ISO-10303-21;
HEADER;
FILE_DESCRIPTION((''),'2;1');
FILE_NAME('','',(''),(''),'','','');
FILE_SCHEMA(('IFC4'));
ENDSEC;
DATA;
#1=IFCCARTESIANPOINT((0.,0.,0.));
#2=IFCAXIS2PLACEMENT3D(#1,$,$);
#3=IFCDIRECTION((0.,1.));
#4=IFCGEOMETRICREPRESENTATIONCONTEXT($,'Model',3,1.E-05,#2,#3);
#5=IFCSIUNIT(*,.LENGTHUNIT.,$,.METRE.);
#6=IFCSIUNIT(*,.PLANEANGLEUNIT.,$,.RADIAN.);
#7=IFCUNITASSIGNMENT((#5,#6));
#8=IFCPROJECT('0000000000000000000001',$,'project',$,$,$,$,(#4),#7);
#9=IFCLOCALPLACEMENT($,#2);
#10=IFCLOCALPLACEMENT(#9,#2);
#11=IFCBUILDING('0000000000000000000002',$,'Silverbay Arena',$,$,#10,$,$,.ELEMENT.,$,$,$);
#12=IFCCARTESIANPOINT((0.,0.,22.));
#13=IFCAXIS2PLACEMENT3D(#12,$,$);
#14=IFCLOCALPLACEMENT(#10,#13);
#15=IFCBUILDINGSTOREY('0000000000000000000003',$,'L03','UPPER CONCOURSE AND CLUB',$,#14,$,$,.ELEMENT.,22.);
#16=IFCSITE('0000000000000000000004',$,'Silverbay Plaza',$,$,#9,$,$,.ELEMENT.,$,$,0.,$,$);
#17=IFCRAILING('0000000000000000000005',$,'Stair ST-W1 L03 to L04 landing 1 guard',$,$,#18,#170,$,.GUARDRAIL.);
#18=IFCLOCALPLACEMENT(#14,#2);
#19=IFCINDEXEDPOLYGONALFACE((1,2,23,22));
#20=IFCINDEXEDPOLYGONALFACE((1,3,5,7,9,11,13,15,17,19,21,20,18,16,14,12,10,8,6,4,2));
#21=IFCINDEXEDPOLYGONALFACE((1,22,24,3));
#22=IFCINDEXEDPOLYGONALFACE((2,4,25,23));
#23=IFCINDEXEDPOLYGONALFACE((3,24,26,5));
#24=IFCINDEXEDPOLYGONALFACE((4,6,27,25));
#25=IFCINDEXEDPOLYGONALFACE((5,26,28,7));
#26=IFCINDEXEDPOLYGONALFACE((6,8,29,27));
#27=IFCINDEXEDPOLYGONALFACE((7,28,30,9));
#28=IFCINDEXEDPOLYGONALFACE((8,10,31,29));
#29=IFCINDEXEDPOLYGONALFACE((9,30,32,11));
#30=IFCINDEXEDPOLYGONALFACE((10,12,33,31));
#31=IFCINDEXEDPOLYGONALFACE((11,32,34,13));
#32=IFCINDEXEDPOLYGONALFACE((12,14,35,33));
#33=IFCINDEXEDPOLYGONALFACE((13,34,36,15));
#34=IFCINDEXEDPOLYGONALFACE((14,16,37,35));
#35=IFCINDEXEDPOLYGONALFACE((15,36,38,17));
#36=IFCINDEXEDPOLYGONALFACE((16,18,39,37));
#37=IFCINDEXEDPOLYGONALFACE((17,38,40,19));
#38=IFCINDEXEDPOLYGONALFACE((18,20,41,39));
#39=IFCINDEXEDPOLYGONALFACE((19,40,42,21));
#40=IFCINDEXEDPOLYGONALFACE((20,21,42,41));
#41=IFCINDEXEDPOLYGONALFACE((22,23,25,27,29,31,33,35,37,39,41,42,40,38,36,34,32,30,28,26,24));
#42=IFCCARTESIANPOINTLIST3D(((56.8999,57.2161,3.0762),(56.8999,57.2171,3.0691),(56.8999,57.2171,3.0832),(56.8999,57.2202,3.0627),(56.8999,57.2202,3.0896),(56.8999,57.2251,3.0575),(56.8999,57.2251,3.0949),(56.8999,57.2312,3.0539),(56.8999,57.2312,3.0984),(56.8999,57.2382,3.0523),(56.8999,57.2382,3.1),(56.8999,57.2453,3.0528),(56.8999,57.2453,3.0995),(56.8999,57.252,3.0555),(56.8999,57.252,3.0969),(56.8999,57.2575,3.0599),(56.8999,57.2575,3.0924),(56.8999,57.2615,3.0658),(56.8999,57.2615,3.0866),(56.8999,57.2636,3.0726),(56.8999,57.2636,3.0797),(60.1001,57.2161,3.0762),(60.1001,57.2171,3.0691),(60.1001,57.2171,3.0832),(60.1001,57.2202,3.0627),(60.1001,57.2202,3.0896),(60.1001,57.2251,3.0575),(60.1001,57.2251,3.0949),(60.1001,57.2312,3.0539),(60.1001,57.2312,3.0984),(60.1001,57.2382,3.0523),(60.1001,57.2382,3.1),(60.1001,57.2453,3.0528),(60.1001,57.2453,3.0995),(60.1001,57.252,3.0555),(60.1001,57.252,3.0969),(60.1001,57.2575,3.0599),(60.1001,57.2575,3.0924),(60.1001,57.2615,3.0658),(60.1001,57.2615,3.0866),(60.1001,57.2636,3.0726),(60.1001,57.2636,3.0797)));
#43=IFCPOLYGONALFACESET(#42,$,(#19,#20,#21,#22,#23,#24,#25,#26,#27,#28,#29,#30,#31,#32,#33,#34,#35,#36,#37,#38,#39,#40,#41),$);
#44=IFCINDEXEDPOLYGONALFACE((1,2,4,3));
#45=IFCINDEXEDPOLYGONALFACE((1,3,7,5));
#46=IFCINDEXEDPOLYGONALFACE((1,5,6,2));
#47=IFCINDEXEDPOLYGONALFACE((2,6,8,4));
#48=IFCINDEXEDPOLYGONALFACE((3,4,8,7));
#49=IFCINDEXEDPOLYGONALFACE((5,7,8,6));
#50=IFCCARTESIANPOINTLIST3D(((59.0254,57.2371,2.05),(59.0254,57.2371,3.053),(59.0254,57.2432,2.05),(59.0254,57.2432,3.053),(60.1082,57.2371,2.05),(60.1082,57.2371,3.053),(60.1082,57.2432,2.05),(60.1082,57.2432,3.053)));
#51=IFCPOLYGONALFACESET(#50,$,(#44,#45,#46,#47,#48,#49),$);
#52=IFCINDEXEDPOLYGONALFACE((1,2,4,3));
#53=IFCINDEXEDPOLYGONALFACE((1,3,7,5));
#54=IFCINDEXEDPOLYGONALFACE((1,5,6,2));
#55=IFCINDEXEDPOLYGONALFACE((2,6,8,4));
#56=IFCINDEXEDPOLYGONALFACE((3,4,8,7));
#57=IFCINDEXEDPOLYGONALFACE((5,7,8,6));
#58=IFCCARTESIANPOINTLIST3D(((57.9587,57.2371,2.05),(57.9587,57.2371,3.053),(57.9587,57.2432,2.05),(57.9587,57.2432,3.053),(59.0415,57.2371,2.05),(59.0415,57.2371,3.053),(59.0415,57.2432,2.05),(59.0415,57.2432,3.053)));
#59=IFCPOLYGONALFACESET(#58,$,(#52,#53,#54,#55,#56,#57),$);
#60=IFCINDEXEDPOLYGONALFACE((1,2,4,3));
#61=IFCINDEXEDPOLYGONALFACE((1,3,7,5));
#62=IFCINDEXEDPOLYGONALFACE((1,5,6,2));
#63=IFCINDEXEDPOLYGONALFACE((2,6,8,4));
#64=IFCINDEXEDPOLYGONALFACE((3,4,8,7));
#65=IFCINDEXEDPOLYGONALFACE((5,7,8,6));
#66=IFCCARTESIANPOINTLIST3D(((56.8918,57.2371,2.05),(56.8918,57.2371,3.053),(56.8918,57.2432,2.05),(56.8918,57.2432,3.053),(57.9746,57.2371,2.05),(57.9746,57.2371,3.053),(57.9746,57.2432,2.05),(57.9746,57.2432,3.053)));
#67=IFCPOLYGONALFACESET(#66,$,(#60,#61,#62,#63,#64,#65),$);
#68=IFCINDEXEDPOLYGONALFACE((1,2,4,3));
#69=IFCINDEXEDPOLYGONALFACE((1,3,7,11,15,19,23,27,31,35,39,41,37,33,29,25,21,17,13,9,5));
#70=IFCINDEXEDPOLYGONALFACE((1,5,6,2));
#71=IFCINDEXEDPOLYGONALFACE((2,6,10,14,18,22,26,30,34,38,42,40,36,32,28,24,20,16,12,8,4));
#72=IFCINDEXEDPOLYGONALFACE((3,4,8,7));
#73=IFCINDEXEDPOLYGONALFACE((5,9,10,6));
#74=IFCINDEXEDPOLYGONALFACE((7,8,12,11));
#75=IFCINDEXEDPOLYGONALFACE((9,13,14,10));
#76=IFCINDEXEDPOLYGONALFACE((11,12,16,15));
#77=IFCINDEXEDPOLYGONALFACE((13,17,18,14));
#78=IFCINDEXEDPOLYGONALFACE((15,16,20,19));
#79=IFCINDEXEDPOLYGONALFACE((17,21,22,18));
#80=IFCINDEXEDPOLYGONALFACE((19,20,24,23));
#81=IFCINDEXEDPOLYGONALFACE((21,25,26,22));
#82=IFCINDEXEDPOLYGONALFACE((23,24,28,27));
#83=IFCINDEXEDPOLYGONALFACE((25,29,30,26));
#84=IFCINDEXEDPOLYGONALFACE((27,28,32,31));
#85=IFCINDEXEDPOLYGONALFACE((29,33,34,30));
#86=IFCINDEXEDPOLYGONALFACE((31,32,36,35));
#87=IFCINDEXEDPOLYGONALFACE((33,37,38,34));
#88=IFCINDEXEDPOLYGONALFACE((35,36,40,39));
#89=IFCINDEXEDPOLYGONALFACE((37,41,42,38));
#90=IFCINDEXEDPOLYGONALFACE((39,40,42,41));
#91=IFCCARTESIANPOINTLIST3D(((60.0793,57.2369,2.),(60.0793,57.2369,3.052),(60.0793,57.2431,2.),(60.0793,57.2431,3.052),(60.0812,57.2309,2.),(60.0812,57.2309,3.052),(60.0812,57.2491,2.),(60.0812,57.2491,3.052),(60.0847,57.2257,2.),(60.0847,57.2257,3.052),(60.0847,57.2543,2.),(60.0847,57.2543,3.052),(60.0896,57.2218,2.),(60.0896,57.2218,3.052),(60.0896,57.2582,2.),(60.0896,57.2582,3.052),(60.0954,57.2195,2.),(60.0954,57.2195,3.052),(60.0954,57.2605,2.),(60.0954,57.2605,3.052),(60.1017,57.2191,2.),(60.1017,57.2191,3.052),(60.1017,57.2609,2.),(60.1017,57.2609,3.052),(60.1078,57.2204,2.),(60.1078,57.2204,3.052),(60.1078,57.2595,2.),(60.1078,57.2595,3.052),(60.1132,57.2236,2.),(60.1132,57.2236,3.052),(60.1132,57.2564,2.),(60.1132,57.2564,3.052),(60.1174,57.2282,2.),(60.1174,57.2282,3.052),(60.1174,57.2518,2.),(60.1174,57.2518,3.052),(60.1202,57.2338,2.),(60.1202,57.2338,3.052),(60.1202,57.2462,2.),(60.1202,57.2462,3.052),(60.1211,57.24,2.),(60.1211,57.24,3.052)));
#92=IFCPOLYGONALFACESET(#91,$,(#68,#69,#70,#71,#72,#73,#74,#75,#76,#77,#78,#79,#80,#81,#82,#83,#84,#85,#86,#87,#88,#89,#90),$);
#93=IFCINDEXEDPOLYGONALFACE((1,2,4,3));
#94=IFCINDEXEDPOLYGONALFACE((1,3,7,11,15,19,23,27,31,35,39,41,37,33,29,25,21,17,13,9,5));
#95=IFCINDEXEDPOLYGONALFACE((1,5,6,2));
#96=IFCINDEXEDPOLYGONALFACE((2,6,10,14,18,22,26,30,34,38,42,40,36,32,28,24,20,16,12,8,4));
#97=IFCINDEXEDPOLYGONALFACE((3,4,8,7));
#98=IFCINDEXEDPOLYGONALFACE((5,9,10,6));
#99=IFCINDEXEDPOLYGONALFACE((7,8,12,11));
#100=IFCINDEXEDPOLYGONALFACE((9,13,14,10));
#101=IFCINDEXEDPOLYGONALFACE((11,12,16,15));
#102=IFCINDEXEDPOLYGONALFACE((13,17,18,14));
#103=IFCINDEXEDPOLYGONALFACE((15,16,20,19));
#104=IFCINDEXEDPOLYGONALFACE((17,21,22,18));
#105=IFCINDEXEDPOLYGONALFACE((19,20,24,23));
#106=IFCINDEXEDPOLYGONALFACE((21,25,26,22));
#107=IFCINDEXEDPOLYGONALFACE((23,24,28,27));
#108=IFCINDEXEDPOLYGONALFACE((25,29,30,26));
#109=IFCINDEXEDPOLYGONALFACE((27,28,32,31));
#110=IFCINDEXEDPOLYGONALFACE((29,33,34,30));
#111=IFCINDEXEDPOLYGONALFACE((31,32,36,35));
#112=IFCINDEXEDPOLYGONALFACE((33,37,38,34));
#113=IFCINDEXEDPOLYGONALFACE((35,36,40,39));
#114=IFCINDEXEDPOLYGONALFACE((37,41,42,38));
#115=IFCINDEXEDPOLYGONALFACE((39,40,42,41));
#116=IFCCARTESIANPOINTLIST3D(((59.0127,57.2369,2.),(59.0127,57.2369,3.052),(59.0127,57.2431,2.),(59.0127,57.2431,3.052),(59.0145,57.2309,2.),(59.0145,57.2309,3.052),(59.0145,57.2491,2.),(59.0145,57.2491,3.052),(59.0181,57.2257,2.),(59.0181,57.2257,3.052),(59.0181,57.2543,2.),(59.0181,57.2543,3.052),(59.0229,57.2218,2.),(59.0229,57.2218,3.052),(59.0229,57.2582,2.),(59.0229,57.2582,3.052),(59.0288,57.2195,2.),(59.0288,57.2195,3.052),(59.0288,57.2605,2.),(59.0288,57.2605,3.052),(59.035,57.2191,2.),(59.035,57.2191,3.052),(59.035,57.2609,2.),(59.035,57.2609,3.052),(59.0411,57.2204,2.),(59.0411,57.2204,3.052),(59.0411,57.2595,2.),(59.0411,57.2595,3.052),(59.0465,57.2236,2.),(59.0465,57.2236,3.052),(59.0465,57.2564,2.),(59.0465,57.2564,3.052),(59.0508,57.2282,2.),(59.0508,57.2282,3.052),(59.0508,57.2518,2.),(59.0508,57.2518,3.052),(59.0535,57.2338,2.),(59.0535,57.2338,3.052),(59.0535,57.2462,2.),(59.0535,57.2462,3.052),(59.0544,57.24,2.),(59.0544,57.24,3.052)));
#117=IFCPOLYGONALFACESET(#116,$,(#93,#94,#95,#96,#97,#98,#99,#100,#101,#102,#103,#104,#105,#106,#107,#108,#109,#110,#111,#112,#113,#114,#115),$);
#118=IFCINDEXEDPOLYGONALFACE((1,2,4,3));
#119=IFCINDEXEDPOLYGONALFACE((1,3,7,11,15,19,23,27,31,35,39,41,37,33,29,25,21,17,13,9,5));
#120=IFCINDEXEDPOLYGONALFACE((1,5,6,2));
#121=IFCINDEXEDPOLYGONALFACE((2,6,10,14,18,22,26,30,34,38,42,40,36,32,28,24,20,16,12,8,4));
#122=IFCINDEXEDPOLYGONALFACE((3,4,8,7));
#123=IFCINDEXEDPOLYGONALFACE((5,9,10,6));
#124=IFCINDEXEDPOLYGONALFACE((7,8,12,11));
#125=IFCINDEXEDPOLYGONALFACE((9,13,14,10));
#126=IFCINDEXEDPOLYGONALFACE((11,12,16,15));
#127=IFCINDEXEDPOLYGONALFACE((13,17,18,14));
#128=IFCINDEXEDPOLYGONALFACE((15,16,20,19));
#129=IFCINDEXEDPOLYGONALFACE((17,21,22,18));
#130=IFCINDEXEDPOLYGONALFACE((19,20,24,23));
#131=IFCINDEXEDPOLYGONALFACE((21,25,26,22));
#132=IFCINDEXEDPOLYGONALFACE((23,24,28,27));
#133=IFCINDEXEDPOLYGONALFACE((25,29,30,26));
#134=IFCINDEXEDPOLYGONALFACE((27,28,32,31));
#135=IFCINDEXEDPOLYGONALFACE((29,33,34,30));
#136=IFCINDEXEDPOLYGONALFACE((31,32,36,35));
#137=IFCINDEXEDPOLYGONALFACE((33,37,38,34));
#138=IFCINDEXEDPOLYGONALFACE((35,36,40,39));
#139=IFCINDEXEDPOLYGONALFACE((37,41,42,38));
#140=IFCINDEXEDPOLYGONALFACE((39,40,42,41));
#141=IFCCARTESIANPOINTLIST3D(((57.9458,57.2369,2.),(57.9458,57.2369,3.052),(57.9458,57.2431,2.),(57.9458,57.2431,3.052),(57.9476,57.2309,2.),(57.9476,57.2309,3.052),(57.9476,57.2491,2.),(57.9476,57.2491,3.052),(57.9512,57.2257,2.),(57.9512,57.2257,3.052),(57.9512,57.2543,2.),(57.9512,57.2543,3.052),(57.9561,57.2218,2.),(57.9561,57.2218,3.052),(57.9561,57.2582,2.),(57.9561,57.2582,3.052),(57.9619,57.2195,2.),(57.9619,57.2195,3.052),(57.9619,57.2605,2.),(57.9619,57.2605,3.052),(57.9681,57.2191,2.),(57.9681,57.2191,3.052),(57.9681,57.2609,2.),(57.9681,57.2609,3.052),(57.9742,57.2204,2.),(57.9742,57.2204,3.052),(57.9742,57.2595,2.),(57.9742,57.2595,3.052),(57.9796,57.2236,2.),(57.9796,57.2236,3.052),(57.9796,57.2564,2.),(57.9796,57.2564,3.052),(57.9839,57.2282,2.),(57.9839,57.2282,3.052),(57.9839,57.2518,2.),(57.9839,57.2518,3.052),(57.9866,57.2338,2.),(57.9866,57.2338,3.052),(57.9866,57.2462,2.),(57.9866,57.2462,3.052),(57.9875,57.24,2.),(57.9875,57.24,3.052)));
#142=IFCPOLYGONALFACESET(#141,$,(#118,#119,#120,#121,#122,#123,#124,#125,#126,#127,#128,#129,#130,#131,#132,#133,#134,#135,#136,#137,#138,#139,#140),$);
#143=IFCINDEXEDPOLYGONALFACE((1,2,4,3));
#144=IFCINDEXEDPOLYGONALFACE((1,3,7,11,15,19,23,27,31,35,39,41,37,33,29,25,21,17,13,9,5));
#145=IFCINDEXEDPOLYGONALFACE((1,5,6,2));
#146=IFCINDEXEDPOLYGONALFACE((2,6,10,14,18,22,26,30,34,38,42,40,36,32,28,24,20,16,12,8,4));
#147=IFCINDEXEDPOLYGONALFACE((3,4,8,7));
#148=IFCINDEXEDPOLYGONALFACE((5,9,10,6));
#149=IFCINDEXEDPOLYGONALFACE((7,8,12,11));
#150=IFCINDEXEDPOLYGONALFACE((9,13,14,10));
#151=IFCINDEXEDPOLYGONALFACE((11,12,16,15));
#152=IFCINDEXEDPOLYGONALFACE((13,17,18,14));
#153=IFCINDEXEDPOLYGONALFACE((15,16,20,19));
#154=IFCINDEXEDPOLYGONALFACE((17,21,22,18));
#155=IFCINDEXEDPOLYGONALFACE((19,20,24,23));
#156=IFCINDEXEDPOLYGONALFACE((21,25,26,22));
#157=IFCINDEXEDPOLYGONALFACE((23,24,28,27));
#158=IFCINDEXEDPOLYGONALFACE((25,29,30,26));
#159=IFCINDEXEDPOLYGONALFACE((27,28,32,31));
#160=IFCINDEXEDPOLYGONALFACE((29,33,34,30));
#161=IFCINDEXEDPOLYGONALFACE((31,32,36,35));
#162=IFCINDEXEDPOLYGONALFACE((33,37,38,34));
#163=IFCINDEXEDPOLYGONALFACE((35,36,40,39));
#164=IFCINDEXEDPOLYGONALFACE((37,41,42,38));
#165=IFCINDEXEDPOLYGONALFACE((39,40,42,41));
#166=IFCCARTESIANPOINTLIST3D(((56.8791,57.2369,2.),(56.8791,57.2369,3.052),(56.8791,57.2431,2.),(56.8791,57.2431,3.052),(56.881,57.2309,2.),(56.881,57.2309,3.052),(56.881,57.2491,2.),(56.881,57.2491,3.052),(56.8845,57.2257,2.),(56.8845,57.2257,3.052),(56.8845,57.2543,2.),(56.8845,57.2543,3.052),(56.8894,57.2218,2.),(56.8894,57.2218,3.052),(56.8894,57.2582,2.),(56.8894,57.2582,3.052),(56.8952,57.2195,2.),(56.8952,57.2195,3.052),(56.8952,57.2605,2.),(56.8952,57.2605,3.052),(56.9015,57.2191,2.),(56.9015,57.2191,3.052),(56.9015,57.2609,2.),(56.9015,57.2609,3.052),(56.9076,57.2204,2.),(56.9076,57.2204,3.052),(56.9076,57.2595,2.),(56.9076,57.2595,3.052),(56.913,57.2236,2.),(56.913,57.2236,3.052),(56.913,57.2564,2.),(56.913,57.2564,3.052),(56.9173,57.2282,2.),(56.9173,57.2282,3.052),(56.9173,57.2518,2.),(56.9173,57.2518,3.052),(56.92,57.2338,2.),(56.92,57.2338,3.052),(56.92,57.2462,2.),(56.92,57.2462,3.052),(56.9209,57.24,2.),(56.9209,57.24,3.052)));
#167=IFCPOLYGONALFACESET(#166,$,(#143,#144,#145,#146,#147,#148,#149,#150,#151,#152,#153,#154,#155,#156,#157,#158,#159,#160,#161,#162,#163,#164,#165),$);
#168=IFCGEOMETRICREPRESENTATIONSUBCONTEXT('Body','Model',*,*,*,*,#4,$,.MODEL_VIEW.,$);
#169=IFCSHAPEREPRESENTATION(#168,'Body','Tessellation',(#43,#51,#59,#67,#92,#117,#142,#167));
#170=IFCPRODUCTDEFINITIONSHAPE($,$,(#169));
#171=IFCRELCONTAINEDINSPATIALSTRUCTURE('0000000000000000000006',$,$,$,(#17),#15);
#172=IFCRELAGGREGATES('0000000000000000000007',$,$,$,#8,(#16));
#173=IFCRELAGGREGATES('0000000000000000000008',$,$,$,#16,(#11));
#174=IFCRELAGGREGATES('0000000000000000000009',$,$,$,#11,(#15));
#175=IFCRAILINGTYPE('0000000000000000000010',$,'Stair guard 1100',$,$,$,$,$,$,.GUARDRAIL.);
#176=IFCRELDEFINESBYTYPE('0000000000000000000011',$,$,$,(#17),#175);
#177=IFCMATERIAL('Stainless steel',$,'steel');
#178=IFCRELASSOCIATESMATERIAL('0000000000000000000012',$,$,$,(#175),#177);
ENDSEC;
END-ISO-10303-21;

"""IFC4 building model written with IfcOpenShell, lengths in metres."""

from ifc_helpers import new_model, si_unit, direction, frame, origin, origin_2d, place, context, subcontext, project, spatial, polyline, circle, outline, extrude, material, type_object, element, save


model = new_model("IFC4")

# Units and contexts
model_context = context("Model", 3, precision=1e-05, world=origin(), true_north=direction((0.0, 1.0)))
body_context = subcontext(model_context, "Body", "Model", "MODEL_VIEW")
ifc_project = project(units=[si_unit("LENGTHUNIT", "METRE"), si_unit("PLANEANGLEUNIT", "RADIAN")], contexts=[model_context])

# Site, building, storey
site_placement = place(None, origin())
site = spatial("IfcSite", under=ifc_project, at=site_placement, Name="Silverbay Plaza", CompositionType="ELEMENT", RefElevation=0.0)
building_placement = place(site_placement, origin())
building = spatial("IfcBuilding", under=site, at=building_placement, Name="Silverbay Arena", CompositionType="ELEMENT")
storey_placement = place(building_placement, frame((0.0, 0.0, 22.0)))
storey = spatial("IfcBuildingStorey", under=building, at=storey_placement, Name="L03", Description="UPPER CONCOURSE AND CLUB", CompositionType="ELEMENT", Elevation=22.0)

# Railing
ifc_material_1 = material(Name="Stainless steel", Category="steel")
railing_type_1 = type_object("IfcRailingType", Name="Stair guard 1100", PredefinedType="GUARDRAIL", material=ifc_material_1)
for number, where, name in (
    (1, (60.1001, 57.24, 2.0), "Stair ST-W1 L03 to L04 landing 1 guard"),
):
    element("IfcRailing", number, at=place(storey_placement, frame(where)), inside=storey, type_object=railing_type_1, Name=name, PredefinedType="GUARDRAIL", context=body_context, shape_type="SweptSolid", body=[
        extrude(circle(Radius=0.0239, at=origin_2d()), frame((0.0, 0.0, 1.0762), z_axis=(-1.0, 0.0, 0.0), x_axis=(0.0, -1.0, 0.0)), (0.0, 0.0, 1.0), 3.2002),
        extrude(outline(polyline([(-0.0081, 0.05), (1.0747, 0.05), (1.0747, 1.053), (-0.0081, 1.053), (-0.0081, 0.05)])), frame((0.0, -0.0029, 0.0), z_axis=(0.0, 1.0, 0.0), x_axis=(-1.0, 0.0, 0.0)), (0.0, 0.0, 1.0), 0.0061),
        extrude(outline(polyline([(-0.0081, 0.05), (1.0747, 0.05), (1.0747, 1.053), (-0.0081, 1.053), (-0.0081, 0.05)])), frame((-1.0667, -0.0029, 0.0), z_axis=(0.0, 1.0, 0.0), x_axis=(-1.0, 0.0, 0.0)), (0.0, 0.0, 1.0), 0.0061),
        extrude(outline(polyline([(-0.0081, 0.05), (1.0747, 0.05), (1.0747, 1.053), (-0.0081, 1.053), (-0.0081, 0.05)])), frame((-2.1335, -0.0029, 0.0), z_axis=(0.0, 1.0, 0.0), x_axis=(-1.0, 0.0, 0.0)), (0.0, 0.0, 1.0), 0.0061),
        extrude(circle(Radius=0.021, at=origin_2d()), origin(), (0.0, 0.0, 1.0), 1.052),
        extrude(circle(Radius=0.021, at=origin_2d()), frame((-1.0667, 0.0, 0.0)), (0.0, 0.0, 1.0), 1.052),
        extrude(circle(Radius=0.021, at=origin_2d()), frame((-2.1335, 0.0, 0.0)), (0.0, 0.0, 1.0), 1.052),
        extrude(circle(Radius=0.021, at=origin_2d()), frame((-3.2002, 0.0, 0.0)), (0.0, 0.0, 1.0), 1.052),
    ])

save(model, "model.ifc")
